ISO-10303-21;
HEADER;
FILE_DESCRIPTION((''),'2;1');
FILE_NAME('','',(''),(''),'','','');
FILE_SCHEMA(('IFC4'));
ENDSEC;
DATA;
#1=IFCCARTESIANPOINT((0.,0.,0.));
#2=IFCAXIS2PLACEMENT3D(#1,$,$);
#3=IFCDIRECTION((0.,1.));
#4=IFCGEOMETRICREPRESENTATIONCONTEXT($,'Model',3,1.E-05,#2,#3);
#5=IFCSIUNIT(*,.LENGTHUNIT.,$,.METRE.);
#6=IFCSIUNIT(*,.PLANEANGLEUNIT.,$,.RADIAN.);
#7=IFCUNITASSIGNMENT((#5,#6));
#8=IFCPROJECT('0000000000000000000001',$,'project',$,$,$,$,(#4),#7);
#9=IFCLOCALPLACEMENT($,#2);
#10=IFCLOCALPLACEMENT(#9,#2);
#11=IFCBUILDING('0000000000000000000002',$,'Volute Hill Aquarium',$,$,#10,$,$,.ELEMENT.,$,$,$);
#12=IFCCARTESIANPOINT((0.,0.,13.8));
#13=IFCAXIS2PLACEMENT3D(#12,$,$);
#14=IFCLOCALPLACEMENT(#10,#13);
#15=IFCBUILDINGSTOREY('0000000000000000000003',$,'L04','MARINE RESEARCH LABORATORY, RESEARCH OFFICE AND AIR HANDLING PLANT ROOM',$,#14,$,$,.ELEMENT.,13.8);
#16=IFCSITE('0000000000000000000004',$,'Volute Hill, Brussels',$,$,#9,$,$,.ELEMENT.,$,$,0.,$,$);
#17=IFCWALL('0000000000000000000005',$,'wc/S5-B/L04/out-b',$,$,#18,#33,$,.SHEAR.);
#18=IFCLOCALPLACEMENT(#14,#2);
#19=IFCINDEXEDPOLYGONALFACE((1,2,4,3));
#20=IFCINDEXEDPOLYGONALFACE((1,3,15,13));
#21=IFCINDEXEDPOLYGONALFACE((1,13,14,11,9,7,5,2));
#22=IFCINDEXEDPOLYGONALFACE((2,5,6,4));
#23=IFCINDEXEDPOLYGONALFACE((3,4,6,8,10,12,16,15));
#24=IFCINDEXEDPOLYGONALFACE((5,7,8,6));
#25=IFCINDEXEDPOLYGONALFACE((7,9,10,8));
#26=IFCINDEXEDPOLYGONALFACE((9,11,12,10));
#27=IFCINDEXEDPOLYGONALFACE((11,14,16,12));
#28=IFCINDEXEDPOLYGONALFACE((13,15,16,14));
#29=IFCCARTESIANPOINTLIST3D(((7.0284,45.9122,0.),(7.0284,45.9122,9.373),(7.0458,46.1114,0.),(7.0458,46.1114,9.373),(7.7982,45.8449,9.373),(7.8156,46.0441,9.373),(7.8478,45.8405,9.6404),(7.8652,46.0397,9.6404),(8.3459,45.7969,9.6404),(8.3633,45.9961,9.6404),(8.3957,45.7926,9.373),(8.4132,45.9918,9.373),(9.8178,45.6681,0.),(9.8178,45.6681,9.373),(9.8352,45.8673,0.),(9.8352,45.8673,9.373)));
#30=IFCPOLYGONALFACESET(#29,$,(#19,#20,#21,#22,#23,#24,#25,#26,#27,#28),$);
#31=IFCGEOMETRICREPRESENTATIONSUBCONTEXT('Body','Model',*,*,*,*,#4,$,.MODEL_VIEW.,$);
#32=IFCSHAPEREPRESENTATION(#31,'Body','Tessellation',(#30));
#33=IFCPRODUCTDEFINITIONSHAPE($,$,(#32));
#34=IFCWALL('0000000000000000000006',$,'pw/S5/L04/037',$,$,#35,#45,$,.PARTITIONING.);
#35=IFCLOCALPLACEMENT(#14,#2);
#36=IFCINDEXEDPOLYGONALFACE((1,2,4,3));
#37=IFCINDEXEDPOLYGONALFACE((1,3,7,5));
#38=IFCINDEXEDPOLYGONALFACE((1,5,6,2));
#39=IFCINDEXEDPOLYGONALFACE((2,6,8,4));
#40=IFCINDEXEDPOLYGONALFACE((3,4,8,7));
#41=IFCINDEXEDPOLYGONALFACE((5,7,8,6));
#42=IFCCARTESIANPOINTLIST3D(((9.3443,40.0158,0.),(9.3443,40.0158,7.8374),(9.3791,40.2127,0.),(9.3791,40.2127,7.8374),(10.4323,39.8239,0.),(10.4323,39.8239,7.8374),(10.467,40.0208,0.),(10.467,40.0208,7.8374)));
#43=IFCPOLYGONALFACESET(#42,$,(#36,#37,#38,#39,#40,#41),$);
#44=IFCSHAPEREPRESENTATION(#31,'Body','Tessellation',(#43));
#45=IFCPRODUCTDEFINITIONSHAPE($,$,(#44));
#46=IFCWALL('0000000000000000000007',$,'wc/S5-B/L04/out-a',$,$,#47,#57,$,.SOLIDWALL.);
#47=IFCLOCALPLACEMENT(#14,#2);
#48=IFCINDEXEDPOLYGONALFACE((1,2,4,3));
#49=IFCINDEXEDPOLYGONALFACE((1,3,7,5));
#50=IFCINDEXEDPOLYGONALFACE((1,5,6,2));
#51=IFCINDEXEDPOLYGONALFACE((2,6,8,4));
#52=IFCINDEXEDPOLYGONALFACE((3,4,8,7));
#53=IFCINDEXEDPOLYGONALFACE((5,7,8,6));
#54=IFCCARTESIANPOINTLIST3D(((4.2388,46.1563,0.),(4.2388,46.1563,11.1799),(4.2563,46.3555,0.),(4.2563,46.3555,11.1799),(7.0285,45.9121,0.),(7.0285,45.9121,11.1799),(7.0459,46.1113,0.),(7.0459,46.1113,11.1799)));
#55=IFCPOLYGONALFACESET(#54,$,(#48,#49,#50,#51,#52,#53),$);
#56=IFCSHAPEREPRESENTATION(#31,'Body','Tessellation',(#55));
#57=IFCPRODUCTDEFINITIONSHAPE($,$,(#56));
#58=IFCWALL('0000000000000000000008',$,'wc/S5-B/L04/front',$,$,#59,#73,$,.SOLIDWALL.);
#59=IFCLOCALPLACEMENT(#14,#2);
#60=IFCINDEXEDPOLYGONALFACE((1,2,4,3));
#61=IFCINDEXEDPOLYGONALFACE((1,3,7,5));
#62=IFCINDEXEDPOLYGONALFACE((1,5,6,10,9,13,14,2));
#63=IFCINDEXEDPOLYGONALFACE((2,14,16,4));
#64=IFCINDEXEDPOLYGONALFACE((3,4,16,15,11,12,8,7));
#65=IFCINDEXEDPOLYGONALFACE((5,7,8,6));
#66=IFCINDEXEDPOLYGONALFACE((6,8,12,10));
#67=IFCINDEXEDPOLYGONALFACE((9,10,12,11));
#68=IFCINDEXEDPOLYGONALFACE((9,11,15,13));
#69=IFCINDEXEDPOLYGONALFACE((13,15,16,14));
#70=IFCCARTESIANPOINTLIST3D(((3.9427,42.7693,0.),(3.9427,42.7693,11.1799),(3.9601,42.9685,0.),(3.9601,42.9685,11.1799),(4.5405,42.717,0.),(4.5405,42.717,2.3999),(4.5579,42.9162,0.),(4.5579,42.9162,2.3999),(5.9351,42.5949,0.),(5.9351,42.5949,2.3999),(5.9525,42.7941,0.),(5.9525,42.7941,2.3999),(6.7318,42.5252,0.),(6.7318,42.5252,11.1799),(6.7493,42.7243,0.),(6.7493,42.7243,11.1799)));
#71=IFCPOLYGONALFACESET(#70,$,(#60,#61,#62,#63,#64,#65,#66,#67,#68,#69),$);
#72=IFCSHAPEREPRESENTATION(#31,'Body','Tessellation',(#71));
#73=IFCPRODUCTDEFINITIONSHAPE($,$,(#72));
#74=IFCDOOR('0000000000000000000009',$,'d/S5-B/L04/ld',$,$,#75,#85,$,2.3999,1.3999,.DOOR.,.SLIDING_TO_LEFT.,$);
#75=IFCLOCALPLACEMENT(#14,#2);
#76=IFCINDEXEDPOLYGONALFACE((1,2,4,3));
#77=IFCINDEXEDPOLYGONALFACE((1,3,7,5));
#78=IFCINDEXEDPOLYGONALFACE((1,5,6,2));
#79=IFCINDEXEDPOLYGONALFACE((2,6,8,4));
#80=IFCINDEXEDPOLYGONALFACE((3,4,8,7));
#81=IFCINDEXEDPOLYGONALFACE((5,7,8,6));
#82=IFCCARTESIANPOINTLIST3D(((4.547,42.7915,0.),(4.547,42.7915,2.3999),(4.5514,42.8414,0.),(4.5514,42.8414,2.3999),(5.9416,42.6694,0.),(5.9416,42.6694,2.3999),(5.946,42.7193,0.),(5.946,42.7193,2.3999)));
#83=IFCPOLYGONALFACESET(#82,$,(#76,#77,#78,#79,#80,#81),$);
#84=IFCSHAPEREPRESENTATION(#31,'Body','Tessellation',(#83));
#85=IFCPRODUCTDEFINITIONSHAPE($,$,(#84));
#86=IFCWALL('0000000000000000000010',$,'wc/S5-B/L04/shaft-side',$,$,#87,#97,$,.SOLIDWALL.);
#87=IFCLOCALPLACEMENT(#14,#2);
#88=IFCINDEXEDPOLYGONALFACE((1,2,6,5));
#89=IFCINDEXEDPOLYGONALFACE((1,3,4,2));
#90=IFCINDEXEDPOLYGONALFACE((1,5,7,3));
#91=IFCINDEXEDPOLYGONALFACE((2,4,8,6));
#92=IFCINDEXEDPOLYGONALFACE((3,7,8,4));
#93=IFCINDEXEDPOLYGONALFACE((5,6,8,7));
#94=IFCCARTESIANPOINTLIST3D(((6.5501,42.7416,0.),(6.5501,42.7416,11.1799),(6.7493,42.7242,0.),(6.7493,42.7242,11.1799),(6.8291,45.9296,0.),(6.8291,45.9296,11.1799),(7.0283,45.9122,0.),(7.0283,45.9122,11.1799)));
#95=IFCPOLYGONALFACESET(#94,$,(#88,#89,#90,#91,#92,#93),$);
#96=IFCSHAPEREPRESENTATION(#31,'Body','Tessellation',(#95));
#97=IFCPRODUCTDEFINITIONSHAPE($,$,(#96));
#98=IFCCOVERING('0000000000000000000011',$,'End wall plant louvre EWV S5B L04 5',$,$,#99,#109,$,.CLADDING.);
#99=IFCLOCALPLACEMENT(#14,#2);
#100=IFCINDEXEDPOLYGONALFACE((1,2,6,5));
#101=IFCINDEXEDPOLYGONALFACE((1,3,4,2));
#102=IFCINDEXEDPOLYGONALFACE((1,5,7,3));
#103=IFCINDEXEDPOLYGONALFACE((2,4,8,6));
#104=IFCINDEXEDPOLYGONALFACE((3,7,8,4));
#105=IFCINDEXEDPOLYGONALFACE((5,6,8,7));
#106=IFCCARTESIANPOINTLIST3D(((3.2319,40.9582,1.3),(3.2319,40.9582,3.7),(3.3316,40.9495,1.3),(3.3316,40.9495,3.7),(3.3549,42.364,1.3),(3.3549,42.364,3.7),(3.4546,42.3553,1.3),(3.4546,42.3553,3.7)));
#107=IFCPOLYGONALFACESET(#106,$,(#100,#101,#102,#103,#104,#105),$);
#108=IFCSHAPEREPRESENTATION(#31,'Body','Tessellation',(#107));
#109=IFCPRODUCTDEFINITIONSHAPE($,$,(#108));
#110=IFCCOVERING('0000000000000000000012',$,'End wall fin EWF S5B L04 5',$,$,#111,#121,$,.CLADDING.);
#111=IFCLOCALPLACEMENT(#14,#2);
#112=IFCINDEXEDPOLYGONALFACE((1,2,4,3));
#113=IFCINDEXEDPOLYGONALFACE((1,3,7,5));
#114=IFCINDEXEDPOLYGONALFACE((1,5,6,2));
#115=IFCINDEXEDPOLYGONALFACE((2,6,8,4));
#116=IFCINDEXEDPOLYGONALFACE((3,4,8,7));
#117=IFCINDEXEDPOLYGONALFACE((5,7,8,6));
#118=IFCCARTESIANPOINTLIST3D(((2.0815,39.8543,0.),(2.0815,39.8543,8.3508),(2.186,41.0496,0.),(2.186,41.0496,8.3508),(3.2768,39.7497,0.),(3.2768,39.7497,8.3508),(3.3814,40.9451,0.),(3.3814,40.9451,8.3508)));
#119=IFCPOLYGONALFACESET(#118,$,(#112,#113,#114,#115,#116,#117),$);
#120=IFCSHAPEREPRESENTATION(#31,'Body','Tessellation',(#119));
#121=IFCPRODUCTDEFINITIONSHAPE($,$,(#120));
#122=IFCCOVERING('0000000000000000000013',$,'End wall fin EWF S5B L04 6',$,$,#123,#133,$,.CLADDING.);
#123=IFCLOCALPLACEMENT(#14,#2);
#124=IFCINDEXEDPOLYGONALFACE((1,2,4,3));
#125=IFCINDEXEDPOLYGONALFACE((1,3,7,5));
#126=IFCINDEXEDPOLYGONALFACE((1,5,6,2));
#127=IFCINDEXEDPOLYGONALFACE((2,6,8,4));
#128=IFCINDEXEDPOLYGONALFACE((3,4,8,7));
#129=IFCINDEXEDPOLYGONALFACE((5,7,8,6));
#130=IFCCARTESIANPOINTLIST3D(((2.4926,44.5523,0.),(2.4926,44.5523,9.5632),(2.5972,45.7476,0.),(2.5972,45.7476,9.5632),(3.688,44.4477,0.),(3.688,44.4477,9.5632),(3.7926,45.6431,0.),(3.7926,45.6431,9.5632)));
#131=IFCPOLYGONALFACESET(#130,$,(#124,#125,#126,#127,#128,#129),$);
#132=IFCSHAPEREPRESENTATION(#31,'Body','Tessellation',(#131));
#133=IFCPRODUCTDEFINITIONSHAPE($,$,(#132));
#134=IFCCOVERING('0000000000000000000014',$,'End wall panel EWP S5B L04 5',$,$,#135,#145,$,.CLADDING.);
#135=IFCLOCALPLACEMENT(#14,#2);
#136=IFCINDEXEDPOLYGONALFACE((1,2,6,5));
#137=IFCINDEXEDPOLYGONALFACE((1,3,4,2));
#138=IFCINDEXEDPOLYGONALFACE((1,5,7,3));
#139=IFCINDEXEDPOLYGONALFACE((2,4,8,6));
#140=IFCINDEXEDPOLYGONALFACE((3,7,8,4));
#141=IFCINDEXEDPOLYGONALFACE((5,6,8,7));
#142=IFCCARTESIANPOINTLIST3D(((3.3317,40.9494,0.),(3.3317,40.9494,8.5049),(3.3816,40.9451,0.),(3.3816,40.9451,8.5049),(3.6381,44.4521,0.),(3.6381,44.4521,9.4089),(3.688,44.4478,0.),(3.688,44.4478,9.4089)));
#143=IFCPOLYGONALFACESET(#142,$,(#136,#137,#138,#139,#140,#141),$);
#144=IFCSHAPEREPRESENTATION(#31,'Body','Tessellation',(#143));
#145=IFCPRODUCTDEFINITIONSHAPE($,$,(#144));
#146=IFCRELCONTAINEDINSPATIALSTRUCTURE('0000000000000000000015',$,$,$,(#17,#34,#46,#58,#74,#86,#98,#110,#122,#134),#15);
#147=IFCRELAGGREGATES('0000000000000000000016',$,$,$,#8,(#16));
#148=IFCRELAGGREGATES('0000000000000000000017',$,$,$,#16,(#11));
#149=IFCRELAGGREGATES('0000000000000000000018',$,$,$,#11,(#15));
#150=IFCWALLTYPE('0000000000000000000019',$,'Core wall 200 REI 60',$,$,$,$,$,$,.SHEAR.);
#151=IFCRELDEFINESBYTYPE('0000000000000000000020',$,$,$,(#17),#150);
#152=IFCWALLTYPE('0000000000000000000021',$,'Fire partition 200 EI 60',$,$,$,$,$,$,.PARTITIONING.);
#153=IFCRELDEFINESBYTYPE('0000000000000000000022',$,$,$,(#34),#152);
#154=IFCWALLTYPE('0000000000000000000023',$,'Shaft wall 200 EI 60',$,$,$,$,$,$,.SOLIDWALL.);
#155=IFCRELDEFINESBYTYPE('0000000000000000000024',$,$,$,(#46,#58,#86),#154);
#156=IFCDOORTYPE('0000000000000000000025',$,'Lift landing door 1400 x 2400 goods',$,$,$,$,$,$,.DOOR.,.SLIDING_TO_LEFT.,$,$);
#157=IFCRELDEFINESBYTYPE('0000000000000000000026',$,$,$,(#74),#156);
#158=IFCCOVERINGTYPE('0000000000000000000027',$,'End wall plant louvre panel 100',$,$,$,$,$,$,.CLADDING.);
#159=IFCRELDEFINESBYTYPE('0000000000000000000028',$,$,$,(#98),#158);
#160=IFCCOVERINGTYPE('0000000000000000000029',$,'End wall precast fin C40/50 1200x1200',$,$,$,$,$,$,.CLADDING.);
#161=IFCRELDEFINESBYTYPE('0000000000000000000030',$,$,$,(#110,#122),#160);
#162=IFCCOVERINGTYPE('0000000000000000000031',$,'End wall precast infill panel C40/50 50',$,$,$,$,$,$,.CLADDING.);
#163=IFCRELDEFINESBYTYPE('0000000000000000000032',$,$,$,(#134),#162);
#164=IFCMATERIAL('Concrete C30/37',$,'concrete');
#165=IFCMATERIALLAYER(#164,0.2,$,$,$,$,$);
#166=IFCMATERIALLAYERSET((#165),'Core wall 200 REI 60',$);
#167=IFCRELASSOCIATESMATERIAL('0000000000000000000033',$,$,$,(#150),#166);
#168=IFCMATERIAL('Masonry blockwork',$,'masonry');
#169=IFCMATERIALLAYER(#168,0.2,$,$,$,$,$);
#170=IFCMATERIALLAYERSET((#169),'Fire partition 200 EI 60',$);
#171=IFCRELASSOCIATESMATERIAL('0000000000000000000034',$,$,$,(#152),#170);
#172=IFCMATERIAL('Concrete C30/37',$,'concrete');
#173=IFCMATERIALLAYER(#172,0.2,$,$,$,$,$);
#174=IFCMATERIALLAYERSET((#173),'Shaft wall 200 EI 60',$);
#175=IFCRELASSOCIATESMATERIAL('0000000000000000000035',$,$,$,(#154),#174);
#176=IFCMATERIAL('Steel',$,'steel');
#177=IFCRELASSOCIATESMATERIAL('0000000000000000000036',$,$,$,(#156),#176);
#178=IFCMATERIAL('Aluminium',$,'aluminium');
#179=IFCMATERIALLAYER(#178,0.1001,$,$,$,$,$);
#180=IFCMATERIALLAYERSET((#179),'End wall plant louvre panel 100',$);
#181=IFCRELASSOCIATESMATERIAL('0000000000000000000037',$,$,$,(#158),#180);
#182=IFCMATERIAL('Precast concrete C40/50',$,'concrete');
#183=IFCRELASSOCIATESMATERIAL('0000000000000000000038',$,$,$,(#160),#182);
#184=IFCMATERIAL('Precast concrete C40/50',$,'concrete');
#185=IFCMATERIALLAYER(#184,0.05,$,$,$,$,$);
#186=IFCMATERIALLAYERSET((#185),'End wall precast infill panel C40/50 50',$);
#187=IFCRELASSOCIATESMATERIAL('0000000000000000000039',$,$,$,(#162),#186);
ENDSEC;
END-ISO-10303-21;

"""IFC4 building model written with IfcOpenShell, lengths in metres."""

from ifc_helpers import new_model, si_unit, direction, frame, frame_2d, origin, origin_2d, place, context, subcontext, project, spatial, polyline, rectangle, outline, extrude, material, layer, layer_set, type_object, element, fill, save


model = new_model("IFC4")

# Units and contexts
model_context = context("Model", 3, precision=1e-05, world=origin(), true_north=direction((0.0, 1.0)))
body_context = subcontext(model_context, "Body", "Model", "MODEL_VIEW")
ifc_project = project(units=[si_unit("LENGTHUNIT", "METRE"), si_unit("PLANEANGLEUNIT", "RADIAN")], contexts=[model_context])

# Site, building, storey
site_placement = place(None, origin())
site = spatial("IfcSite", under=ifc_project, at=site_placement, Name="Volute Hill, Brussels", CompositionType="ELEMENT", RefElevation=0.0)
building_placement = place(site_placement, origin())
building = spatial("IfcBuilding", under=site, at=building_placement, Name="Volute Hill Aquarium", CompositionType="ELEMENT")
storey_placement = place(building_placement, frame((0.0, 0.0, 13.8)))
storey = spatial("IfcBuildingStorey", under=building, at=storey_placement, Name="L04", Description="MARINE RESEARCH LABORATORY, RESEARCH OFFICE AND AIR HANDLING PLANT ROOM", CompositionType="ELEMENT", Elevation=13.8)

# Walls
ifc_material_1 = material(Name="Concrete C30/37", Category="concrete")
ifc_layer_1 = layer(ifc_material_1, 0.2)
ifc_layer_set_1 = layer_set([ifc_layer_1], Name="Core wall 200 REI 60")
wall_type_1 = type_object("IfcWallType", Name="Core wall 200 REI 60", PredefinedType="SHEAR", material=ifc_layer_set_1)
wall_1_placement = place(storey_placement, frame((7.0371, 46.0117, 0.0), z_axis=(0.0, 0.0, 1.0), x_axis=(0.996191, -0.087194, 0.0)))
element("IfcWall", 1, at=wall_1_placement, inside=storey, type_object=wall_type_1, Name="wc/S5-B/L04/out-b", PredefinedType="SHEAR", context=body_context, shape_type="SweptSolid", body=[
    extrude(outline(polyline([(0.0, 0.0), (2.8, 0.0), (2.8, 9.373), (1.3726, 9.373), (1.3225, 9.6404), (0.8225, 9.6404), (0.7727, 9.373), (0.0, 9.373), (0.0, 0.0)])), frame((0.0, 0.1001, 0.0), z_axis=(0.0, -1.0, 0.0), x_axis=(1.0, 0.0, 0.0)), (0.0, 0.0, 1.0), 0.2),
])
ifc_material_2 = material(Name="Masonry blockwork", Category="masonry")
ifc_layer_2 = layer(ifc_material_2, 0.2)
ifc_layer_set_2 = layer_set([ifc_layer_2], Name="Fire partition 200 EI 60")
wall_type_2 = type_object("IfcWallType", Name="Fire partition 200 EI 60", PredefinedType="PARTITIONING", material=ifc_layer_set_2)
wall_2_placement = place(storey_placement, frame((9.3618, 40.1143, 0.0), z_axis=(0.0, 0.0, 1.0), x_axis=(0.984797, -0.17371, 0.0)))
element("IfcWall", 2, at=wall_2_placement, inside=storey, type_object=wall_type_2, Name="pw/S5/L04/037", PredefinedType="PARTITIONING", context=body_context, shape_type="SweptSolid", body=[
    extrude(rectangle(XDim=1.1047, YDim=0.2, at=frame_2d((0.5522, 0.0))), origin(), (0.0, 0.0, 1.0), 7.8374),
])
ifc_material_3 = material(Name="Concrete C30/37", Category="concrete")
ifc_layer_3 = layer(ifc_material_3, 0.2)
ifc_layer_set_3 = layer_set([ifc_layer_3], Name="Shaft wall 200 EI 60")
wall_type_3 = type_object("IfcWallType", Name="Shaft wall 200 EI 60", PredefinedType="SOLIDWALL", material=ifc_layer_set_3)
wall_3_placement = place(storey_placement, frame((4.2476, 46.2559, 0.0), z_axis=(0.0, 0.0, 1.0), x_axis=(0.996192, -0.087186, 0.0)))
element("IfcWall", 3, at=wall_3_placement, inside=storey, type_object=wall_type_3, Name="wc/S5-B/L04/out-a", PredefinedType="SOLIDWALL", context=body_context, shape_type="SweptSolid", body=[
    extrude(rectangle(XDim=2.8003, YDim=0.2, at=frame_2d((1.4001, 0.0))), origin(), (0.0, 0.0, 1.0), 11.1799),
])

# Wall, opening, door
wall_4_placement = place(storey_placement, frame((3.9514, 42.8689, 0.0), z_axis=(0.0, 0.0, 1.0), x_axis=(0.996191, -0.087202, 0.0)))
wall_4 = element("IfcWall", 4, at=wall_4_placement, inside=storey, type_object=wall_type_3, Name="wc/S5-B/L04/front", PredefinedType="SOLIDWALL", context=body_context, shape_type="SweptSolid", body=[
    extrude(rectangle(XDim=2.7998, YDim=0.2, at=frame_2d((1.3999, 0.0))), origin(), (0.0, 0.0, 1.0), 11.1799),
])
opening_placement = place(wall_4_placement, frame((0.6001, 0.0, 0.0)))
opening = element("IfcOpeningElement", 5, at=opening_placement, cuts=wall_4, PredefinedType="OPENING", context=body_context, shape_type="SweptSolid", body=[
    extrude(rectangle(XDim=1.3999, YDim=2.3999, at=frame_2d((0.7, 1.2))), frame((0.0, 0.1099, 0.0), z_axis=(0.0, -1.0, 0.0), x_axis=(1.0, 0.0, 0.0)), (0.0, 0.0, 1.0), 0.22),
])
ifc_material_4 = material(Name="Steel", Category="steel")
door_type = type_object("IfcDoorType", Name="Lift landing door 1400 x 2400 goods", OperationType="SLIDING_TO_LEFT", PredefinedType="DOOR", material=ifc_material_4)
door_placement = place(opening_placement, origin())
door = element("IfcDoor", 6, at=door_placement, inside=storey, type_object=door_type, Name="d/S5-B/L04/ld", OperationType="SLIDING_TO_LEFT", OverallHeight=2.3999, OverallWidth=1.3999, PredefinedType="DOOR", context=body_context, shape_type="SweptSolid", body=[
    extrude(rectangle(XDim=1.3999, YDim=2.3999, at=frame_2d((0.7, 1.2))), frame((0.0, 0.0249, 0.0), z_axis=(0.0, -1.0, 0.0), x_axis=(1.0, 0.0, 0.0)), (0.0, 0.0, 1.0), 0.05),
])
fill(opening, door)

# Wall
wall_5_placement = place(storey_placement, frame((6.6497, 42.7329, 0.0), z_axis=(0.0, 0.0, 1.0), x_axis=(0.087199, 0.996191, 0.0)))
element("IfcWall", 7, at=wall_5_placement, inside=storey, type_object=wall_type_3, Name="wc/S5-B/L04/shaft-side", PredefinedType="SOLIDWALL", context=body_context, shape_type="SweptSolid", body=[
    extrude(rectangle(XDim=3.2002, YDim=0.2, at=frame_2d((1.6001, 0.0))), origin(), (0.0, 0.0, 1.0), 11.1799),
])

# Coverings
ifc_material_5 = material(Name="Aluminium", Category="aluminium")
ifc_layer_4 = layer(ifc_material_5, 0.1001)
ifc_layer_set_4 = layer_set([ifc_layer_4], Name="End wall plant louvre panel 100")
covering_type_1 = type_object("IfcCoveringType", Name="End wall plant louvre panel 100", PredefinedType="CLADDING", material=ifc_layer_set_4)
covering_1_placement = place(storey_placement, frame((3.3433, 41.6567, 1.3), z_axis=(0.0, 0.0, 1.0), x_axis=(0.087154, 0.996195, 0.0)))
element("IfcCovering", 8, at=covering_1_placement, inside=storey, type_object=covering_type_1, Name="End wall plant louvre EWV S5B L04 5", PredefinedType="CLADDING", context=body_context, shape_type="SweptSolid", body=[
    extrude(rectangle(XDim=1.4111, YDim=0.1001, at=origin_2d()), origin(), (0.0, 0.0, 1.0), 2.3999),
])
ifc_material_6 = material(Name="Precast concrete C40/50", Category="concrete")
covering_type_2 = type_object("IfcCoveringType", Name="End wall precast fin C40/50 1200x1200", PredefinedType="CLADDING", material=ifc_material_6)
covering_2_placement = place(storey_placement, frame((2.7314, 40.3997, 0.0), z_axis=(0.0, 0.0, 1.0), x_axis=(0.087154, 0.996195, 0.0)))
element("IfcCovering", 9, at=covering_2_placement, inside=storey, type_object=covering_type_2, Name="End wall fin EWF S5B L04 5", PredefinedType="CLADDING", context=body_context, shape_type="SweptSolid", body=[
    extrude(rectangle(XDim=1.2, YDim=1.2, at=origin_2d()), origin(), (0.0, 0.0, 1.0), 8.3508),
])
covering_3_placement = place(storey_placement, frame((3.1426, 45.0977, 0.0), z_axis=(0.0, 0.0, 1.0), x_axis=(0.087154, 0.996195, 0.0)))
element("IfcCovering", 10, at=covering_3_placement, inside=storey, type_object=covering_type_2, Name="End wall fin EWF S5B L04 6", PredefinedType="CLADDING", context=body_context, shape_type="SweptSolid", body=[
    extrude(rectangle(XDim=1.2, YDim=1.2, at=origin_2d()), origin(), (0.0, 0.0, 1.0), 9.5632),
])
ifc_material_7 = material(Name="Precast concrete C40/50", Category="concrete")
ifc_layer_5 = layer(ifc_material_7, 0.05)
ifc_layer_set_5 = layer_set([ifc_layer_5], Name="End wall precast infill panel C40/50 50")
covering_type_3 = type_object("IfcCoveringType", Name="End wall precast infill panel C40/50 50", PredefinedType="CLADDING", material=ifc_layer_set_5)
covering_4_placement = place(storey_placement, frame((3.3816, 40.9451, 0.0), z_axis=(0.996196, -0.087142, 0.0), x_axis=(0.087142, 0.996196, 0.0)))
element("IfcCovering", 11, at=covering_4_placement, inside=storey, type_object=covering_type_3, Name="End wall panel EWP S5B L04 5", PredefinedType="CLADDING", context=body_context, shape_type="SweptSolid", body=[
    extrude(outline(polyline([(0.0, 0.0), (3.5161, 0.0), (3.5161, 9.4089), (0.0, 8.5049), (0.0, 0.0)])), origin(), (0.0, 0.0, -1.0), 0.05),
])

save(model, "model.ifc")
